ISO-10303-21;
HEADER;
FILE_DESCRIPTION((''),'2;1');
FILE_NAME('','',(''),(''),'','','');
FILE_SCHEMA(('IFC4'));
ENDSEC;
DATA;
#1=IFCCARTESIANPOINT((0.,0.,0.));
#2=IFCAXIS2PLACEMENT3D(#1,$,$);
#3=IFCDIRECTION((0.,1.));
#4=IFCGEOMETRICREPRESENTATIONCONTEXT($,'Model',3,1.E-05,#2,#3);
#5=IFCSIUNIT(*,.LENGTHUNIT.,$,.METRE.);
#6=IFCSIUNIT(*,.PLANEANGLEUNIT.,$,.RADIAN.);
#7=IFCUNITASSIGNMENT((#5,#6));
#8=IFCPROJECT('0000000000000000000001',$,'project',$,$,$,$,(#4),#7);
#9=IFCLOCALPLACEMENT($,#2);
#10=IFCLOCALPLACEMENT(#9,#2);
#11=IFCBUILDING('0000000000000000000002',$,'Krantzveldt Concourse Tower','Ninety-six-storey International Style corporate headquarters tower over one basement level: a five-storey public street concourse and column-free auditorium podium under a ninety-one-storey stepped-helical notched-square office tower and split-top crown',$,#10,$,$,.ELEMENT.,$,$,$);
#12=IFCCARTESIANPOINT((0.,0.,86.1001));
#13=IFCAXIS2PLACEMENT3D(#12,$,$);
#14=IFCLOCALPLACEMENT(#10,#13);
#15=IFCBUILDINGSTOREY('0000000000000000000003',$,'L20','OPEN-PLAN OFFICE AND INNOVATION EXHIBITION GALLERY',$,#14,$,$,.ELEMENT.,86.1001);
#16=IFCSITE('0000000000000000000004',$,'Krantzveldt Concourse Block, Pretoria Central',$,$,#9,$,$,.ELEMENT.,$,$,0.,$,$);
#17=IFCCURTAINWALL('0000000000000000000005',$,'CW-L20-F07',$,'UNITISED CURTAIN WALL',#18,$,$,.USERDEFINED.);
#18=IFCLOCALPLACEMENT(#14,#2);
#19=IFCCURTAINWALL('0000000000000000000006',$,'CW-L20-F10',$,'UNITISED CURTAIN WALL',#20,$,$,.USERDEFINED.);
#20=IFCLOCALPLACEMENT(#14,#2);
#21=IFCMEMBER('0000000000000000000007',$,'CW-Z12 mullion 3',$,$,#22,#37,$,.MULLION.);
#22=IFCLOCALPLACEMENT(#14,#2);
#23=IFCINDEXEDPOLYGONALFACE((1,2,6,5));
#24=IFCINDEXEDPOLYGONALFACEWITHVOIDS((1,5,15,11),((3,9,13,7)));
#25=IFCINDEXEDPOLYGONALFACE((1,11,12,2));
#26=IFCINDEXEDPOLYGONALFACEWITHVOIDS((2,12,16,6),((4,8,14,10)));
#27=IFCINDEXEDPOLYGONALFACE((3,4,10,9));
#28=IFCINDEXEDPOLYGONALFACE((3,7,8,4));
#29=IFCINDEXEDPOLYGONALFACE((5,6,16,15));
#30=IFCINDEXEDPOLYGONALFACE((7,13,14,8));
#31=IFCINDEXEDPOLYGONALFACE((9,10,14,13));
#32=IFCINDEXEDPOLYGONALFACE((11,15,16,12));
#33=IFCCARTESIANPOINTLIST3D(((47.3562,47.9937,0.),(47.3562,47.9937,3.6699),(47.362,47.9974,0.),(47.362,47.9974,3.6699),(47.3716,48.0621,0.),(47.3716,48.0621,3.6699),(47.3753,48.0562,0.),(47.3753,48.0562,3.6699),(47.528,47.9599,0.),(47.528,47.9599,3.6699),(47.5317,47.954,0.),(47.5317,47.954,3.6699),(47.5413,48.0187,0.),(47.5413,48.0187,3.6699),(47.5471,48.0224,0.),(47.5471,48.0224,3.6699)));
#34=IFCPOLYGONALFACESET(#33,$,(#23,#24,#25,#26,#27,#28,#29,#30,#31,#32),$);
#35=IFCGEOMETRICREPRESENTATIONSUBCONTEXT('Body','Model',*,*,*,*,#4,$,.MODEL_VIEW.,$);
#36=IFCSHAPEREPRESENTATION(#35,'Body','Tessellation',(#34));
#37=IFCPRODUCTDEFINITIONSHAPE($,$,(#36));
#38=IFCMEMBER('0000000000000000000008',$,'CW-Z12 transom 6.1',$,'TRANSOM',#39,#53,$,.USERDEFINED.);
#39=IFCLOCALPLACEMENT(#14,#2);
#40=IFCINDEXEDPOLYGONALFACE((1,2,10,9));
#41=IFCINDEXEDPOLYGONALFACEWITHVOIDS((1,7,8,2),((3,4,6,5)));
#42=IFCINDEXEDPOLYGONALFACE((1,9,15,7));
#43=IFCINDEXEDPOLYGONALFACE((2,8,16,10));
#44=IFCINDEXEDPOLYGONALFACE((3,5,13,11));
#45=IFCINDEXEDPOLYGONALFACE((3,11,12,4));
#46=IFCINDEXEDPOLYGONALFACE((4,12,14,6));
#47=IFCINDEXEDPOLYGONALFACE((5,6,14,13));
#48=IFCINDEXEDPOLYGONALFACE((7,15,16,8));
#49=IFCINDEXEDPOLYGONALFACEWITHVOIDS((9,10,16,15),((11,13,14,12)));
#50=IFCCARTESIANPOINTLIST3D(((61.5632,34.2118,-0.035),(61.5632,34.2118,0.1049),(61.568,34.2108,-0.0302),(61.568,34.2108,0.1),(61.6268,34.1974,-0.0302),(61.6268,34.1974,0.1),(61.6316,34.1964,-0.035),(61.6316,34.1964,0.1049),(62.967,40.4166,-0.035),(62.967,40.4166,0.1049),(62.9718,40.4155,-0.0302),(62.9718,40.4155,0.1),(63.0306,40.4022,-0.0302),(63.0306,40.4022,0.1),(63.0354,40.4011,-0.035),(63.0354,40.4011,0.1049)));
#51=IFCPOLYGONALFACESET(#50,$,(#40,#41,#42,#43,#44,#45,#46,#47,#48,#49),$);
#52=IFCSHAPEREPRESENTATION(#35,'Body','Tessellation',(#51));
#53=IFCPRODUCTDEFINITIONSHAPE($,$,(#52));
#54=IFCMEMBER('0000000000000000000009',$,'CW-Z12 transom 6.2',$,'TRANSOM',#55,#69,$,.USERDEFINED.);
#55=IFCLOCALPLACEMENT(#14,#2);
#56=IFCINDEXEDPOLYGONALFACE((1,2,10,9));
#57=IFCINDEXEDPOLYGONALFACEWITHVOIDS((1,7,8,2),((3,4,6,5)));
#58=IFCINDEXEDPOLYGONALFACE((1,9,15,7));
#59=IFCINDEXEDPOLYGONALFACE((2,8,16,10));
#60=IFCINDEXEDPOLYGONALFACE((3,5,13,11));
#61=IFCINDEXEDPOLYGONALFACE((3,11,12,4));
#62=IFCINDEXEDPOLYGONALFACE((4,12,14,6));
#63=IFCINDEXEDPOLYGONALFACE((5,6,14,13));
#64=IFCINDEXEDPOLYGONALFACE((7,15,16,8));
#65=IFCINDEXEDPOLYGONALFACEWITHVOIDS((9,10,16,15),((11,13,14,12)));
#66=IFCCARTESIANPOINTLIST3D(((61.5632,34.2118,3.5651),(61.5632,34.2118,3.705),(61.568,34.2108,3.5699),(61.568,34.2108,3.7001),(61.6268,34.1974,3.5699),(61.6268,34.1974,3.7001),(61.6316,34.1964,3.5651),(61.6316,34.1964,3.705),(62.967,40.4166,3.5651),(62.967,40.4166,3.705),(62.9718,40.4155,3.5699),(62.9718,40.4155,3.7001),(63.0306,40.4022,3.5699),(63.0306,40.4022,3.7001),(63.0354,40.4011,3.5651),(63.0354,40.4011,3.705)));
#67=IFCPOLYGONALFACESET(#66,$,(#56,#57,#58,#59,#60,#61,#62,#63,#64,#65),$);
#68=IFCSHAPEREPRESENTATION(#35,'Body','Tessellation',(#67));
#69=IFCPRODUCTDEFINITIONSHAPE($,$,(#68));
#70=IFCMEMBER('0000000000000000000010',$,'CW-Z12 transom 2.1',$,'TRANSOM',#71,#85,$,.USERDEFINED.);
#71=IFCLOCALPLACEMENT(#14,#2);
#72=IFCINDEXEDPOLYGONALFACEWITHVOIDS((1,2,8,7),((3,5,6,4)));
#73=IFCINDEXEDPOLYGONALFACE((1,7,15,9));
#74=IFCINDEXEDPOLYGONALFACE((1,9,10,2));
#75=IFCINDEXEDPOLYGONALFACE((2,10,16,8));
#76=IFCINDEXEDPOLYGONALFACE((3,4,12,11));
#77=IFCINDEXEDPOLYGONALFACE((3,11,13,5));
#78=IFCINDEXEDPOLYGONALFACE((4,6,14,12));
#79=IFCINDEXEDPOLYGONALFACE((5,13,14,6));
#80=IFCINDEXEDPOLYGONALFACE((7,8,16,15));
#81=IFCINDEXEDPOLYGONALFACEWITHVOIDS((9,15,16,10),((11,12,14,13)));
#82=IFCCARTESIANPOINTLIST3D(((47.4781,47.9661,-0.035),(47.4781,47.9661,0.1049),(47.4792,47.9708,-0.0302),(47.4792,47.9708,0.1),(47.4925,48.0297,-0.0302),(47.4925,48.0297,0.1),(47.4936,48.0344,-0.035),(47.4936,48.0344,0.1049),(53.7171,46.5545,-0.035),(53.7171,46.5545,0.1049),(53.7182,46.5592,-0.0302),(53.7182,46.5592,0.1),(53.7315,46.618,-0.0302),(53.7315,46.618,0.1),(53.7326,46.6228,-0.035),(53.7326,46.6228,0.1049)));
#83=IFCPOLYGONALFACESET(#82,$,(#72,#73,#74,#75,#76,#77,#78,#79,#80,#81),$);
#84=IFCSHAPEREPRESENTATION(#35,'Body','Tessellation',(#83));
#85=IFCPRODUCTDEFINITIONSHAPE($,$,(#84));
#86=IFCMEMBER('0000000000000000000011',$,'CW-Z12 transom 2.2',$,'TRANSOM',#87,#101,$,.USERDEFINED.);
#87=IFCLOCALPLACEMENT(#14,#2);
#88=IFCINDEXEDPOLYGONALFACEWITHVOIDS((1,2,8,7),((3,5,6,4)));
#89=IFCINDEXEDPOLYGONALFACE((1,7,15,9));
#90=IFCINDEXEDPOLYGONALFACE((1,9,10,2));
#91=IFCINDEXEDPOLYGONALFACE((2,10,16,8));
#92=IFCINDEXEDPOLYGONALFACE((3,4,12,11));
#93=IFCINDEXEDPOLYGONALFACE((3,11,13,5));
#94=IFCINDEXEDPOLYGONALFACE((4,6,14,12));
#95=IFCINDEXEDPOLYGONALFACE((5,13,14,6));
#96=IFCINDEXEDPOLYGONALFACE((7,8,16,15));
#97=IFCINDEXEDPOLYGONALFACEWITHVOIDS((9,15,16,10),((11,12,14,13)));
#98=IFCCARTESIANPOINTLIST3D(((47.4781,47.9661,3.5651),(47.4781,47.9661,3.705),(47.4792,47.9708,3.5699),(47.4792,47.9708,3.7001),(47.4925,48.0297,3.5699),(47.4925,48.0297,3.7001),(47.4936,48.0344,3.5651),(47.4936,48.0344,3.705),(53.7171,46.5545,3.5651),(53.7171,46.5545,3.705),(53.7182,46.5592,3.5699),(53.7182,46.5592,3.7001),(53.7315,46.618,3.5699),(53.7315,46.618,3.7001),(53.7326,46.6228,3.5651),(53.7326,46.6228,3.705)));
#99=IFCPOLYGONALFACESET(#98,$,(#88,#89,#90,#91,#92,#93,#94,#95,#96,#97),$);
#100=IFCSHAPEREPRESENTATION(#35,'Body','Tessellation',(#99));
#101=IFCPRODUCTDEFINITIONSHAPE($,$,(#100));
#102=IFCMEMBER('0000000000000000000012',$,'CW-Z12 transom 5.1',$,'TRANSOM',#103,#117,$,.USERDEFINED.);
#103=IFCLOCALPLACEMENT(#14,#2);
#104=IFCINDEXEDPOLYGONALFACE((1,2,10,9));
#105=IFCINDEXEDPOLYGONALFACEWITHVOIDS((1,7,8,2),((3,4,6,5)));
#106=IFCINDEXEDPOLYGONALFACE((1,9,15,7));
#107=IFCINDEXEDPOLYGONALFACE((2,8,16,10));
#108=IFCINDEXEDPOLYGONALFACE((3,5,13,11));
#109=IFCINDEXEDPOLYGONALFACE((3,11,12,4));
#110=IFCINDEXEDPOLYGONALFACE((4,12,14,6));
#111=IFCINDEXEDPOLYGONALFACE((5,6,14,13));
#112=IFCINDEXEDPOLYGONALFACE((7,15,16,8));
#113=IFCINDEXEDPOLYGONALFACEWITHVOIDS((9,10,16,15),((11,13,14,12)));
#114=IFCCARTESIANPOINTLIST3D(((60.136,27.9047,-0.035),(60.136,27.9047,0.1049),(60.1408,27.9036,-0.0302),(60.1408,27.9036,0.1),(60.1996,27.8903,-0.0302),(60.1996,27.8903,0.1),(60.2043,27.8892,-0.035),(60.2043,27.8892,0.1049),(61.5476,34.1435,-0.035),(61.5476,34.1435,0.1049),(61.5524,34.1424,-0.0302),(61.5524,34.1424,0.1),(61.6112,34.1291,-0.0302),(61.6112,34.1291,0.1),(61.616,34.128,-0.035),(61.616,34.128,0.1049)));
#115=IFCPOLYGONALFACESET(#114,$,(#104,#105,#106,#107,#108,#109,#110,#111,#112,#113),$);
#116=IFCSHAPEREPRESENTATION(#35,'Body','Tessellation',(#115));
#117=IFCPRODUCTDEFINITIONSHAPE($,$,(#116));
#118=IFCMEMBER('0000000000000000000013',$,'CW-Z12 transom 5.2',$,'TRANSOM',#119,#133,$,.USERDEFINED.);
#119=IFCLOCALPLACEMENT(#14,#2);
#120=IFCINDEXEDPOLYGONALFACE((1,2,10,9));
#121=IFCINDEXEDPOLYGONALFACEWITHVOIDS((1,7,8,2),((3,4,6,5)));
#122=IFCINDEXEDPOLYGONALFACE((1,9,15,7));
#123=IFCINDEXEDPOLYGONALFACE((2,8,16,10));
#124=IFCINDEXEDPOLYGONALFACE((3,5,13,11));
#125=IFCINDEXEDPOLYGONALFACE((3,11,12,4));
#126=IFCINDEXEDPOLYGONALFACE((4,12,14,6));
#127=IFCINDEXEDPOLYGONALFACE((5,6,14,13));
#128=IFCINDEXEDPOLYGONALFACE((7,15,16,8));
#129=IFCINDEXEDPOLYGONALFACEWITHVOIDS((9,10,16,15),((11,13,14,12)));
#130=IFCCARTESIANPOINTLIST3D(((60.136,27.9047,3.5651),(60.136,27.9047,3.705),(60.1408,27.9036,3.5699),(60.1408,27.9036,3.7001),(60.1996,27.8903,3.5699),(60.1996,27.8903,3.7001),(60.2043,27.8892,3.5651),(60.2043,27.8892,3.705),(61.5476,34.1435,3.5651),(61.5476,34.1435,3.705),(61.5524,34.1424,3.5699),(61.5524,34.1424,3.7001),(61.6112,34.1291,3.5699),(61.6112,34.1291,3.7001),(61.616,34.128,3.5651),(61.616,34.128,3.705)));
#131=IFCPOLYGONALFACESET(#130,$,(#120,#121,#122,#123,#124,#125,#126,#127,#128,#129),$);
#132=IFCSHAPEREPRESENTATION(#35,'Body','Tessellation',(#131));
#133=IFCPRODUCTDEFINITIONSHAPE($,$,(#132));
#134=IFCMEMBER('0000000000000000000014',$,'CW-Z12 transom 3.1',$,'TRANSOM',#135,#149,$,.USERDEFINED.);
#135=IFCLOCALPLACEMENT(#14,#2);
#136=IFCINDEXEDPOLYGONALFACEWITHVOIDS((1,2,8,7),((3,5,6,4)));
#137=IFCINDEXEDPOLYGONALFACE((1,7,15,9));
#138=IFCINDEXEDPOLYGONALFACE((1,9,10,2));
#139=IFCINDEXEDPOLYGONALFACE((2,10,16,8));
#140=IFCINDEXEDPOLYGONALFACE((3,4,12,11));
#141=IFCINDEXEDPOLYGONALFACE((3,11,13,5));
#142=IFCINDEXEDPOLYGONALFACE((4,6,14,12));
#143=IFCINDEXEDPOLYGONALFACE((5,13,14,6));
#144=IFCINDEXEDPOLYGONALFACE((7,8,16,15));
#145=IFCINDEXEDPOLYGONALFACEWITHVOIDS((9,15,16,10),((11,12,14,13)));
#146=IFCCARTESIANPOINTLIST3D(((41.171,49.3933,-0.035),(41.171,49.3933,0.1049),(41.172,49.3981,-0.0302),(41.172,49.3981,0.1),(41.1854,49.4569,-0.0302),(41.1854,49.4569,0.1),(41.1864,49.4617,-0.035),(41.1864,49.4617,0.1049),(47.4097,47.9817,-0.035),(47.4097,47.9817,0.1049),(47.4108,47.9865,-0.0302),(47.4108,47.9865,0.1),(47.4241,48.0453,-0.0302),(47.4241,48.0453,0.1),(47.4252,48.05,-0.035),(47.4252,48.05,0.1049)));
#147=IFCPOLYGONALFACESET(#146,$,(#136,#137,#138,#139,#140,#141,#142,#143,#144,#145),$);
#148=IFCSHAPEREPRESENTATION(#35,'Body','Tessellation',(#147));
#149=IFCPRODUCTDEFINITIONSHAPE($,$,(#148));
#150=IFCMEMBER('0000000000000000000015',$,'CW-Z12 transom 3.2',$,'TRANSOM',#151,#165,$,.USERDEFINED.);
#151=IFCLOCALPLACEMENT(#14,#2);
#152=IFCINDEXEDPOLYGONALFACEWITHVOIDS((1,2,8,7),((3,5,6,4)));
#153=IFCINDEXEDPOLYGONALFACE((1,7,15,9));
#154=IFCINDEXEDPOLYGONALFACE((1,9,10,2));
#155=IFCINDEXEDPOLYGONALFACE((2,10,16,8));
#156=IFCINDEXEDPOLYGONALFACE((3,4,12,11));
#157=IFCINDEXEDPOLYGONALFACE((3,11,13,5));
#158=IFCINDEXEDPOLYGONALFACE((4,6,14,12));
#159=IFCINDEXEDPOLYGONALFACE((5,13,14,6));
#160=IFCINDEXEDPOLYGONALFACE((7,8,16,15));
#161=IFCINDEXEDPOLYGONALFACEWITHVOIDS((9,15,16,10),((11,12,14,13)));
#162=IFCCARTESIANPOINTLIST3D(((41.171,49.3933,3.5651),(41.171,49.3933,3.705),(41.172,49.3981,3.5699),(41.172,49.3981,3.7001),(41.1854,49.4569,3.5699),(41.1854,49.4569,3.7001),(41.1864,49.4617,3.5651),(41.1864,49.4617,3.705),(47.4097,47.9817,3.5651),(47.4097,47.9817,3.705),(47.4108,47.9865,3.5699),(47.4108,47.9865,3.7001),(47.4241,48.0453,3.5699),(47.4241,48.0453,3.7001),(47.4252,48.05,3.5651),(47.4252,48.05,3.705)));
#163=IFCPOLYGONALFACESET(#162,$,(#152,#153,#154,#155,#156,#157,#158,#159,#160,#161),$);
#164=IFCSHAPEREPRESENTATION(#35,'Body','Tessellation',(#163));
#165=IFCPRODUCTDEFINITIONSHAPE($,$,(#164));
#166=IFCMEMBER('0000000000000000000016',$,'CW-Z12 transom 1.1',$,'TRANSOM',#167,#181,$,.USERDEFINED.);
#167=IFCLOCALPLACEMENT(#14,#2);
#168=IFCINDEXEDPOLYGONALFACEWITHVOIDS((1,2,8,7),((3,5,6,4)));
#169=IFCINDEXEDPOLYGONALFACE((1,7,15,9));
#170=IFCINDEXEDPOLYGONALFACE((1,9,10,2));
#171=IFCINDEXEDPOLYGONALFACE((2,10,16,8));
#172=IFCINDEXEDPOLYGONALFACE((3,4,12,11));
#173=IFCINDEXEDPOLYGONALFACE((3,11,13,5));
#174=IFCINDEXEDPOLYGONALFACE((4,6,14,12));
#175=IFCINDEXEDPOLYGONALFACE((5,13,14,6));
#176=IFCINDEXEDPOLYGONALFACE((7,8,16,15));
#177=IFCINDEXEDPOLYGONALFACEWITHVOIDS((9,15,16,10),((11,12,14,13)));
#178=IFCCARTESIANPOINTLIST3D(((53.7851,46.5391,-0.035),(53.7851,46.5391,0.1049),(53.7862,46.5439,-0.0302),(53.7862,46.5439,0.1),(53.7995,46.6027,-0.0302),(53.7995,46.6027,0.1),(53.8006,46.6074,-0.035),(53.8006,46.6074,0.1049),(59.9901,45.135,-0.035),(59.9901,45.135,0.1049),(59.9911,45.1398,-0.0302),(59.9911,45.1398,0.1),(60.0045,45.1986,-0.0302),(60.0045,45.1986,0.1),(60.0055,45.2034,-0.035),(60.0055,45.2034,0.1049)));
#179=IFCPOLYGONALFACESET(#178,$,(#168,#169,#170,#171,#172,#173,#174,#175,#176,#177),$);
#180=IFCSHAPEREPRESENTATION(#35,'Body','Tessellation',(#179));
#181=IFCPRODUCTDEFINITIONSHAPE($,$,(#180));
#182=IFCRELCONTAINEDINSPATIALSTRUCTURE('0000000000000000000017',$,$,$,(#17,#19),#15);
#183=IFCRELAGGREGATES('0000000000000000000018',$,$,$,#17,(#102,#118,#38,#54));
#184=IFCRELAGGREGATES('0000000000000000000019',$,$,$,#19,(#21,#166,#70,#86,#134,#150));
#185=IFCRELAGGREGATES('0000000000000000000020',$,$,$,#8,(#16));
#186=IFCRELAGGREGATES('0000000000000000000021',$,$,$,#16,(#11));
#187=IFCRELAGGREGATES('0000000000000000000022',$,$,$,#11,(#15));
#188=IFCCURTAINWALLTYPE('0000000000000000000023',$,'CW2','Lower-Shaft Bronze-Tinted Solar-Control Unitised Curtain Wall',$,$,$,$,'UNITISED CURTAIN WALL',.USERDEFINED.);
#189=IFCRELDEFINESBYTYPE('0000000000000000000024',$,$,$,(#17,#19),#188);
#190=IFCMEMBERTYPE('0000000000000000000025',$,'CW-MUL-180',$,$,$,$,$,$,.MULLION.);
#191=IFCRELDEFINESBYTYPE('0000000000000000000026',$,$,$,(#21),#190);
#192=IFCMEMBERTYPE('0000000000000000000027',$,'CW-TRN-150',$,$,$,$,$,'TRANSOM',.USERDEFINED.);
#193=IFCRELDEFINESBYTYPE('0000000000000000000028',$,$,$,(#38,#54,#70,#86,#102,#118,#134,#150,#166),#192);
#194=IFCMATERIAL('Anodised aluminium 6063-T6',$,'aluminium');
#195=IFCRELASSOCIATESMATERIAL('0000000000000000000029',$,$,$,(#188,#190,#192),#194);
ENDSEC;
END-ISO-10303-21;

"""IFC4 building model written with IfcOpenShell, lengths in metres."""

from ifc_helpers import new_model, si_unit, direction, frame, origin, origin_2d, place, context, subcontext, project, spatial, hollow_rectangle, extrude, source, transform, mapped, material, material_profile, profile_set, type_object, type_shapes, element, aggregate, save


model = new_model("IFC4")

# Units and contexts
model_context = context("Model", 3, precision=1e-05, world=origin(), true_north=direction((0.0, 1.0)))
body_context = subcontext(model_context, "Body", "Model", "MODEL_VIEW")
ifc_project = project(units=[si_unit("LENGTHUNIT", "METRE"), si_unit("PLANEANGLEUNIT", "RADIAN")], contexts=[model_context])

# Site, building, storey
site_placement = place(None, origin())
site = spatial("IfcSite", under=ifc_project, at=site_placement, Name="Krantzveldt Concourse Block, Pretoria Central", CompositionType="ELEMENT", RefElevation=0.0)
building_placement = place(site_placement, origin())
building = spatial("IfcBuilding", under=site, at=building_placement, Name="Krantzveldt Concourse Tower", Description="Ninety-six-storey International Style corporate headquarters tower over one basement level: a five-storey public street concourse and column-free auditorium podium under a ninety-one-storey stepped-helical notched-square office tower and split-top crown", CompositionType="ELEMENT")
storey_placement = place(building_placement, frame((0.0, 0.0, 86.1001)))
storey = spatial("IfcBuildingStorey", under=building, at=storey_placement, Name="L20", Description="OPEN-PLAN OFFICE AND INNOVATION EXHIBITION GALLERY", CompositionType="ELEMENT", Elevation=86.1001)

# Curtain walls, member
ifc_material_1 = material(Name="Anodised aluminium 6063-T6", Category="aluminium")
curtain_wall_type = type_object("IfcCurtainWallType", Name="CW2", Description="Lower-Shaft Bronze-Tinted Solar-Control Unitised Curtain Wall", ElementType="UNITISED CURTAIN WALL", PredefinedType="USERDEFINED", material=ifc_material_1)
curtain_wall_1_placement = place(storey_placement, origin())
curtain_wall_1 = element("IfcCurtainWall", 1, at=curtain_wall_1_placement, inside=storey, type_object=curtain_wall_type, Name="CW-L20-F07", ObjectType="UNITISED CURTAIN WALL", PredefinedType="USERDEFINED")
ifc_material_profile_1 = material_profile(ifc_material_1, hollow_rectangle(XDim=0.0701, YDim=0.1799, WallThickness=0.0049, at=origin_2d()), Name="Anodised aluminium 6063-T6", Category="aluminium")
ifc_profile_set_1 = profile_set([ifc_material_profile_1], Name="Anodised aluminium 6063-T6 - ALU-MULL 180x70x5")
member_type_1 = type_object("IfcMemberType", Name="CW-MUL-180", PredefinedType="MULLION", material=ifc_profile_set_1)
shared_shape_1 = source(origin(), body_context, "Body", "SweptSolid", [
    extrude(hollow_rectangle(XDim=0.0701, YDim=0.1799, WallThickness=0.0049, at=origin_2d()), origin(), (0.0, 0.0, 1.0), 3.6699),
])
type_shapes(member_type_1, [shared_shape_1])
curtain_wall_2_placement = place(storey_placement, origin())
curtain_wall_2 = element("IfcCurtainWall", 2, at=curtain_wall_2_placement, inside=storey, type_object=curtain_wall_type, Name="CW-L20-F10", ObjectType="UNITISED CURTAIN WALL", PredefinedType="USERDEFINED")
member_1_placement = place(storey_placement, frame((47.4517, 48.0081, 0.0), z_axis=(0.0, 0.0, 1.0), x_axis=(-0.220697, -0.975342, 0.0)))
member_1 = element("IfcMember", 3, at=member_1_placement, type_object=member_type_1, Name="CW-Z12 mullion 3", PredefinedType="MULLION", context=body_context, shape_type="MappedRepresentation", body=[
    mapped(shared_shape_1, transform((0.0, 0.0, 0.0), x_axis=(1.0, 0.0, 0.0), y_axis=(0.0, 1.0, 0.0), z_axis=(0.0, 0.0, 1.0), scale=1.0)),
])

# Members
ifc_material_profile_2 = material_profile(ifc_material_1, hollow_rectangle(XDim=0.0701, YDim=0.1399, WallThickness=0.0049, at=origin_2d()), Name="Anodised aluminium 6063-T6", Category="aluminium")
ifc_profile_set_2 = profile_set([ifc_material_profile_2], Name="Anodised aluminium 6063-T6 - ALU-TRAN 140x70x5")
member_type_2 = type_object("IfcMemberType", Name="CW-TRN-150", ElementType="TRANSOM", PredefinedType="USERDEFINED", material=ifc_profile_set_2)
shared_shape_2 = source(origin(), body_context, "Body", "SweptSolid", [
    extrude(hollow_rectangle(XDim=0.0701, YDim=0.1399, WallThickness=0.0049, at=origin_2d()), origin(), (0.0, 0.0, 1.0), 6.3616),
])
member_2_placement = place(storey_placement, frame((61.5974, 34.2041, 0.0349), z_axis=(0.220667, 0.975349, 0.0), x_axis=(-0.975349, 0.220667, 0.0)))
member_2 = element("IfcMember", 4, at=member_2_placement, type_object=member_type_2, Name="CW-Z12 transom 6.1", ObjectType="TRANSOM", PredefinedType="USERDEFINED", context=body_context, shape_type="MappedRepresentation", body=[
    mapped(shared_shape_2, transform((0.0, 0.0, 0.0), x_axis=(1.0, 0.0, 0.0), y_axis=(0.0, 1.0, 0.0), z_axis=(0.0, 0.0, 1.0), scale=1.0)),
])
member_3_placement = place(storey_placement, frame((61.5974, 34.2041, 3.635), z_axis=(0.220667, 0.975349, 0.0), x_axis=(-0.975349, 0.220667, 0.0)))
member_3 = element("IfcMember", 5, at=member_3_placement, type_object=member_type_2, Name="CW-Z12 transom 6.2", ObjectType="TRANSOM", PredefinedType="USERDEFINED", context=body_context, shape_type="MappedRepresentation", body=[
    mapped(shared_shape_2, transform((0.0, 0.0, 0.0), x_axis=(1.0, 0.0, 0.0), y_axis=(0.0, 1.0, 0.0), z_axis=(0.0, 0.0, 1.0), scale=1.0)),
])
shared_shape_3 = source(origin(), body_context, "Body", "SweptSolid", [
    extrude(hollow_rectangle(XDim=0.0701, YDim=0.1399, WallThickness=0.0049, at=origin_2d()), origin(), (0.0, 0.0, 1.0), 6.3967),
])
member_4_placement = place(storey_placement, frame((53.7249, 46.5886, 0.0349), z_axis=(-0.975346, 0.220679, 0.0), x_axis=(-0.220679, -0.975346, 0.0)))
member_4 = element("IfcMember", 6, at=member_4_placement, type_object=member_type_2, Name="CW-Z12 transom 2.1", ObjectType="TRANSOM", PredefinedType="USERDEFINED", context=body_context, shape_type="MappedRepresentation", body=[
    mapped(shared_shape_3, transform((0.0, 0.0, 0.0), x_axis=(1.0, 0.0, 0.0), y_axis=(0.0, 1.0, 0.0), z_axis=(0.0, 0.0, 1.0), scale=1.0)),
])
member_5_placement = place(storey_placement, frame((53.7249, 46.5886, 3.635), z_axis=(-0.975346, 0.220679, 0.0), x_axis=(-0.220679, -0.975346, 0.0)))
member_5 = element("IfcMember", 7, at=member_5_placement, type_object=member_type_2, Name="CW-Z12 transom 2.2", ObjectType="TRANSOM", PredefinedType="USERDEFINED", context=body_context, shape_type="MappedRepresentation", body=[
    mapped(shared_shape_3, transform((0.0, 0.0, 0.0), x_axis=(1.0, 0.0, 0.0), y_axis=(0.0, 1.0, 0.0), z_axis=(0.0, 0.0, 1.0), scale=1.0)),
])
shared_shape_4 = source(origin(), body_context, "Body", "SweptSolid", [
    extrude(hollow_rectangle(XDim=0.0701, YDim=0.1399, WallThickness=0.0049, at=origin_2d()), origin(), (0.0, 0.0, 1.0), 6.3965),
])
member_6_placement = place(storey_placement, frame((60.1702, 27.897, 0.0349), z_axis=(0.220687, 0.975345, 0.0), x_axis=(-0.975345, 0.220687, 0.0)))
member_6 = element("IfcMember", 8, at=member_6_placement, type_object=member_type_2, Name="CW-Z12 transom 5.1", ObjectType="TRANSOM", PredefinedType="USERDEFINED", context=body_context, shape_type="MappedRepresentation", body=[
    mapped(shared_shape_4, transform((0.0, 0.0, 0.0), x_axis=(1.0, 0.0, 0.0), y_axis=(0.0, 1.0, 0.0), z_axis=(0.0, 0.0, 1.0), scale=1.0)),
])
member_7_placement = place(storey_placement, frame((60.1702, 27.897, 3.635), z_axis=(0.220687, 0.975345, 0.0), x_axis=(-0.975345, 0.220687, 0.0)))
member_7 = element("IfcMember", 9, at=member_7_placement, type_object=member_type_2, Name="CW-Z12 transom 5.2", ObjectType="TRANSOM", PredefinedType="USERDEFINED", context=body_context, shape_type="MappedRepresentation", body=[
    mapped(shared_shape_4, transform((0.0, 0.0, 0.0), x_axis=(1.0, 0.0, 0.0), y_axis=(0.0, 1.0, 0.0), z_axis=(0.0, 0.0, 1.0), scale=1.0)),
])
member_8_placement = place(storey_placement, frame((47.4175, 48.0159, 0.0349), z_axis=(-0.975345, 0.220687, 0.0), x_axis=(-0.220687, -0.975345, 0.0)))
member_8 = element("IfcMember", 10, at=member_8_placement, type_object=member_type_2, Name="CW-Z12 transom 3.1", ObjectType="TRANSOM", PredefinedType="USERDEFINED", context=body_context, shape_type="MappedRepresentation", body=[
    mapped(shared_shape_4, transform((0.0, 0.0, 0.0), x_axis=(1.0, 0.0, 0.0), y_axis=(0.0, 1.0, 0.0), z_axis=(0.0, 0.0, 1.0), scale=1.0)),
])
member_9_placement = place(storey_placement, frame((47.4175, 48.0159, 3.635), z_axis=(-0.975345, 0.220687, 0.0), x_axis=(-0.220687, -0.975345, 0.0)))
member_9 = element("IfcMember", 11, at=member_9_placement, type_object=member_type_2, Name="CW-Z12 transom 3.2", ObjectType="TRANSOM", PredefinedType="USERDEFINED", context=body_context, shape_type="MappedRepresentation", body=[
    mapped(shared_shape_4, transform((0.0, 0.0, 0.0), x_axis=(1.0, 0.0, 0.0), y_axis=(0.0, 1.0, 0.0), z_axis=(0.0, 0.0, 1.0), scale=1.0)),
])
shared_shape_5 = source(origin(), body_context, "Body", "SweptSolid", [
    extrude(hollow_rectangle(XDim=0.0701, YDim=0.1399, WallThickness=0.0049, at=origin_2d()), origin(), (0.0, 0.0, 1.0), 6.3618),
])
type_shapes(member_type_2, [shared_shape_2, shared_shape_3, shared_shape_4, shared_shape_5])
member_10_placement = place(storey_placement, frame((59.9978, 45.1692, 0.0349), z_axis=(-0.975341, 0.220704, 0.0), x_axis=(-0.220704, -0.975341, 0.0)))
member_10 = element("IfcMember", 12, at=member_10_placement, type_object=member_type_2, Name="CW-Z12 transom 1.1", ObjectType="TRANSOM", PredefinedType="USERDEFINED", context=body_context, shape_type="MappedRepresentation", body=[
    mapped(shared_shape_5, transform((0.0, 0.0, 0.0), x_axis=(1.0, 0.0, 0.0), y_axis=(0.0, 1.0, 0.0), z_axis=(0.0, 0.0, 1.0), scale=1.0)),
])

aggregate(curtain_wall_1, [member_6, member_7, member_2, member_3])
aggregate(curtain_wall_2, [member_1, member_10, member_4, member_5, member_8, member_9])

save(model, "model.ifc")
